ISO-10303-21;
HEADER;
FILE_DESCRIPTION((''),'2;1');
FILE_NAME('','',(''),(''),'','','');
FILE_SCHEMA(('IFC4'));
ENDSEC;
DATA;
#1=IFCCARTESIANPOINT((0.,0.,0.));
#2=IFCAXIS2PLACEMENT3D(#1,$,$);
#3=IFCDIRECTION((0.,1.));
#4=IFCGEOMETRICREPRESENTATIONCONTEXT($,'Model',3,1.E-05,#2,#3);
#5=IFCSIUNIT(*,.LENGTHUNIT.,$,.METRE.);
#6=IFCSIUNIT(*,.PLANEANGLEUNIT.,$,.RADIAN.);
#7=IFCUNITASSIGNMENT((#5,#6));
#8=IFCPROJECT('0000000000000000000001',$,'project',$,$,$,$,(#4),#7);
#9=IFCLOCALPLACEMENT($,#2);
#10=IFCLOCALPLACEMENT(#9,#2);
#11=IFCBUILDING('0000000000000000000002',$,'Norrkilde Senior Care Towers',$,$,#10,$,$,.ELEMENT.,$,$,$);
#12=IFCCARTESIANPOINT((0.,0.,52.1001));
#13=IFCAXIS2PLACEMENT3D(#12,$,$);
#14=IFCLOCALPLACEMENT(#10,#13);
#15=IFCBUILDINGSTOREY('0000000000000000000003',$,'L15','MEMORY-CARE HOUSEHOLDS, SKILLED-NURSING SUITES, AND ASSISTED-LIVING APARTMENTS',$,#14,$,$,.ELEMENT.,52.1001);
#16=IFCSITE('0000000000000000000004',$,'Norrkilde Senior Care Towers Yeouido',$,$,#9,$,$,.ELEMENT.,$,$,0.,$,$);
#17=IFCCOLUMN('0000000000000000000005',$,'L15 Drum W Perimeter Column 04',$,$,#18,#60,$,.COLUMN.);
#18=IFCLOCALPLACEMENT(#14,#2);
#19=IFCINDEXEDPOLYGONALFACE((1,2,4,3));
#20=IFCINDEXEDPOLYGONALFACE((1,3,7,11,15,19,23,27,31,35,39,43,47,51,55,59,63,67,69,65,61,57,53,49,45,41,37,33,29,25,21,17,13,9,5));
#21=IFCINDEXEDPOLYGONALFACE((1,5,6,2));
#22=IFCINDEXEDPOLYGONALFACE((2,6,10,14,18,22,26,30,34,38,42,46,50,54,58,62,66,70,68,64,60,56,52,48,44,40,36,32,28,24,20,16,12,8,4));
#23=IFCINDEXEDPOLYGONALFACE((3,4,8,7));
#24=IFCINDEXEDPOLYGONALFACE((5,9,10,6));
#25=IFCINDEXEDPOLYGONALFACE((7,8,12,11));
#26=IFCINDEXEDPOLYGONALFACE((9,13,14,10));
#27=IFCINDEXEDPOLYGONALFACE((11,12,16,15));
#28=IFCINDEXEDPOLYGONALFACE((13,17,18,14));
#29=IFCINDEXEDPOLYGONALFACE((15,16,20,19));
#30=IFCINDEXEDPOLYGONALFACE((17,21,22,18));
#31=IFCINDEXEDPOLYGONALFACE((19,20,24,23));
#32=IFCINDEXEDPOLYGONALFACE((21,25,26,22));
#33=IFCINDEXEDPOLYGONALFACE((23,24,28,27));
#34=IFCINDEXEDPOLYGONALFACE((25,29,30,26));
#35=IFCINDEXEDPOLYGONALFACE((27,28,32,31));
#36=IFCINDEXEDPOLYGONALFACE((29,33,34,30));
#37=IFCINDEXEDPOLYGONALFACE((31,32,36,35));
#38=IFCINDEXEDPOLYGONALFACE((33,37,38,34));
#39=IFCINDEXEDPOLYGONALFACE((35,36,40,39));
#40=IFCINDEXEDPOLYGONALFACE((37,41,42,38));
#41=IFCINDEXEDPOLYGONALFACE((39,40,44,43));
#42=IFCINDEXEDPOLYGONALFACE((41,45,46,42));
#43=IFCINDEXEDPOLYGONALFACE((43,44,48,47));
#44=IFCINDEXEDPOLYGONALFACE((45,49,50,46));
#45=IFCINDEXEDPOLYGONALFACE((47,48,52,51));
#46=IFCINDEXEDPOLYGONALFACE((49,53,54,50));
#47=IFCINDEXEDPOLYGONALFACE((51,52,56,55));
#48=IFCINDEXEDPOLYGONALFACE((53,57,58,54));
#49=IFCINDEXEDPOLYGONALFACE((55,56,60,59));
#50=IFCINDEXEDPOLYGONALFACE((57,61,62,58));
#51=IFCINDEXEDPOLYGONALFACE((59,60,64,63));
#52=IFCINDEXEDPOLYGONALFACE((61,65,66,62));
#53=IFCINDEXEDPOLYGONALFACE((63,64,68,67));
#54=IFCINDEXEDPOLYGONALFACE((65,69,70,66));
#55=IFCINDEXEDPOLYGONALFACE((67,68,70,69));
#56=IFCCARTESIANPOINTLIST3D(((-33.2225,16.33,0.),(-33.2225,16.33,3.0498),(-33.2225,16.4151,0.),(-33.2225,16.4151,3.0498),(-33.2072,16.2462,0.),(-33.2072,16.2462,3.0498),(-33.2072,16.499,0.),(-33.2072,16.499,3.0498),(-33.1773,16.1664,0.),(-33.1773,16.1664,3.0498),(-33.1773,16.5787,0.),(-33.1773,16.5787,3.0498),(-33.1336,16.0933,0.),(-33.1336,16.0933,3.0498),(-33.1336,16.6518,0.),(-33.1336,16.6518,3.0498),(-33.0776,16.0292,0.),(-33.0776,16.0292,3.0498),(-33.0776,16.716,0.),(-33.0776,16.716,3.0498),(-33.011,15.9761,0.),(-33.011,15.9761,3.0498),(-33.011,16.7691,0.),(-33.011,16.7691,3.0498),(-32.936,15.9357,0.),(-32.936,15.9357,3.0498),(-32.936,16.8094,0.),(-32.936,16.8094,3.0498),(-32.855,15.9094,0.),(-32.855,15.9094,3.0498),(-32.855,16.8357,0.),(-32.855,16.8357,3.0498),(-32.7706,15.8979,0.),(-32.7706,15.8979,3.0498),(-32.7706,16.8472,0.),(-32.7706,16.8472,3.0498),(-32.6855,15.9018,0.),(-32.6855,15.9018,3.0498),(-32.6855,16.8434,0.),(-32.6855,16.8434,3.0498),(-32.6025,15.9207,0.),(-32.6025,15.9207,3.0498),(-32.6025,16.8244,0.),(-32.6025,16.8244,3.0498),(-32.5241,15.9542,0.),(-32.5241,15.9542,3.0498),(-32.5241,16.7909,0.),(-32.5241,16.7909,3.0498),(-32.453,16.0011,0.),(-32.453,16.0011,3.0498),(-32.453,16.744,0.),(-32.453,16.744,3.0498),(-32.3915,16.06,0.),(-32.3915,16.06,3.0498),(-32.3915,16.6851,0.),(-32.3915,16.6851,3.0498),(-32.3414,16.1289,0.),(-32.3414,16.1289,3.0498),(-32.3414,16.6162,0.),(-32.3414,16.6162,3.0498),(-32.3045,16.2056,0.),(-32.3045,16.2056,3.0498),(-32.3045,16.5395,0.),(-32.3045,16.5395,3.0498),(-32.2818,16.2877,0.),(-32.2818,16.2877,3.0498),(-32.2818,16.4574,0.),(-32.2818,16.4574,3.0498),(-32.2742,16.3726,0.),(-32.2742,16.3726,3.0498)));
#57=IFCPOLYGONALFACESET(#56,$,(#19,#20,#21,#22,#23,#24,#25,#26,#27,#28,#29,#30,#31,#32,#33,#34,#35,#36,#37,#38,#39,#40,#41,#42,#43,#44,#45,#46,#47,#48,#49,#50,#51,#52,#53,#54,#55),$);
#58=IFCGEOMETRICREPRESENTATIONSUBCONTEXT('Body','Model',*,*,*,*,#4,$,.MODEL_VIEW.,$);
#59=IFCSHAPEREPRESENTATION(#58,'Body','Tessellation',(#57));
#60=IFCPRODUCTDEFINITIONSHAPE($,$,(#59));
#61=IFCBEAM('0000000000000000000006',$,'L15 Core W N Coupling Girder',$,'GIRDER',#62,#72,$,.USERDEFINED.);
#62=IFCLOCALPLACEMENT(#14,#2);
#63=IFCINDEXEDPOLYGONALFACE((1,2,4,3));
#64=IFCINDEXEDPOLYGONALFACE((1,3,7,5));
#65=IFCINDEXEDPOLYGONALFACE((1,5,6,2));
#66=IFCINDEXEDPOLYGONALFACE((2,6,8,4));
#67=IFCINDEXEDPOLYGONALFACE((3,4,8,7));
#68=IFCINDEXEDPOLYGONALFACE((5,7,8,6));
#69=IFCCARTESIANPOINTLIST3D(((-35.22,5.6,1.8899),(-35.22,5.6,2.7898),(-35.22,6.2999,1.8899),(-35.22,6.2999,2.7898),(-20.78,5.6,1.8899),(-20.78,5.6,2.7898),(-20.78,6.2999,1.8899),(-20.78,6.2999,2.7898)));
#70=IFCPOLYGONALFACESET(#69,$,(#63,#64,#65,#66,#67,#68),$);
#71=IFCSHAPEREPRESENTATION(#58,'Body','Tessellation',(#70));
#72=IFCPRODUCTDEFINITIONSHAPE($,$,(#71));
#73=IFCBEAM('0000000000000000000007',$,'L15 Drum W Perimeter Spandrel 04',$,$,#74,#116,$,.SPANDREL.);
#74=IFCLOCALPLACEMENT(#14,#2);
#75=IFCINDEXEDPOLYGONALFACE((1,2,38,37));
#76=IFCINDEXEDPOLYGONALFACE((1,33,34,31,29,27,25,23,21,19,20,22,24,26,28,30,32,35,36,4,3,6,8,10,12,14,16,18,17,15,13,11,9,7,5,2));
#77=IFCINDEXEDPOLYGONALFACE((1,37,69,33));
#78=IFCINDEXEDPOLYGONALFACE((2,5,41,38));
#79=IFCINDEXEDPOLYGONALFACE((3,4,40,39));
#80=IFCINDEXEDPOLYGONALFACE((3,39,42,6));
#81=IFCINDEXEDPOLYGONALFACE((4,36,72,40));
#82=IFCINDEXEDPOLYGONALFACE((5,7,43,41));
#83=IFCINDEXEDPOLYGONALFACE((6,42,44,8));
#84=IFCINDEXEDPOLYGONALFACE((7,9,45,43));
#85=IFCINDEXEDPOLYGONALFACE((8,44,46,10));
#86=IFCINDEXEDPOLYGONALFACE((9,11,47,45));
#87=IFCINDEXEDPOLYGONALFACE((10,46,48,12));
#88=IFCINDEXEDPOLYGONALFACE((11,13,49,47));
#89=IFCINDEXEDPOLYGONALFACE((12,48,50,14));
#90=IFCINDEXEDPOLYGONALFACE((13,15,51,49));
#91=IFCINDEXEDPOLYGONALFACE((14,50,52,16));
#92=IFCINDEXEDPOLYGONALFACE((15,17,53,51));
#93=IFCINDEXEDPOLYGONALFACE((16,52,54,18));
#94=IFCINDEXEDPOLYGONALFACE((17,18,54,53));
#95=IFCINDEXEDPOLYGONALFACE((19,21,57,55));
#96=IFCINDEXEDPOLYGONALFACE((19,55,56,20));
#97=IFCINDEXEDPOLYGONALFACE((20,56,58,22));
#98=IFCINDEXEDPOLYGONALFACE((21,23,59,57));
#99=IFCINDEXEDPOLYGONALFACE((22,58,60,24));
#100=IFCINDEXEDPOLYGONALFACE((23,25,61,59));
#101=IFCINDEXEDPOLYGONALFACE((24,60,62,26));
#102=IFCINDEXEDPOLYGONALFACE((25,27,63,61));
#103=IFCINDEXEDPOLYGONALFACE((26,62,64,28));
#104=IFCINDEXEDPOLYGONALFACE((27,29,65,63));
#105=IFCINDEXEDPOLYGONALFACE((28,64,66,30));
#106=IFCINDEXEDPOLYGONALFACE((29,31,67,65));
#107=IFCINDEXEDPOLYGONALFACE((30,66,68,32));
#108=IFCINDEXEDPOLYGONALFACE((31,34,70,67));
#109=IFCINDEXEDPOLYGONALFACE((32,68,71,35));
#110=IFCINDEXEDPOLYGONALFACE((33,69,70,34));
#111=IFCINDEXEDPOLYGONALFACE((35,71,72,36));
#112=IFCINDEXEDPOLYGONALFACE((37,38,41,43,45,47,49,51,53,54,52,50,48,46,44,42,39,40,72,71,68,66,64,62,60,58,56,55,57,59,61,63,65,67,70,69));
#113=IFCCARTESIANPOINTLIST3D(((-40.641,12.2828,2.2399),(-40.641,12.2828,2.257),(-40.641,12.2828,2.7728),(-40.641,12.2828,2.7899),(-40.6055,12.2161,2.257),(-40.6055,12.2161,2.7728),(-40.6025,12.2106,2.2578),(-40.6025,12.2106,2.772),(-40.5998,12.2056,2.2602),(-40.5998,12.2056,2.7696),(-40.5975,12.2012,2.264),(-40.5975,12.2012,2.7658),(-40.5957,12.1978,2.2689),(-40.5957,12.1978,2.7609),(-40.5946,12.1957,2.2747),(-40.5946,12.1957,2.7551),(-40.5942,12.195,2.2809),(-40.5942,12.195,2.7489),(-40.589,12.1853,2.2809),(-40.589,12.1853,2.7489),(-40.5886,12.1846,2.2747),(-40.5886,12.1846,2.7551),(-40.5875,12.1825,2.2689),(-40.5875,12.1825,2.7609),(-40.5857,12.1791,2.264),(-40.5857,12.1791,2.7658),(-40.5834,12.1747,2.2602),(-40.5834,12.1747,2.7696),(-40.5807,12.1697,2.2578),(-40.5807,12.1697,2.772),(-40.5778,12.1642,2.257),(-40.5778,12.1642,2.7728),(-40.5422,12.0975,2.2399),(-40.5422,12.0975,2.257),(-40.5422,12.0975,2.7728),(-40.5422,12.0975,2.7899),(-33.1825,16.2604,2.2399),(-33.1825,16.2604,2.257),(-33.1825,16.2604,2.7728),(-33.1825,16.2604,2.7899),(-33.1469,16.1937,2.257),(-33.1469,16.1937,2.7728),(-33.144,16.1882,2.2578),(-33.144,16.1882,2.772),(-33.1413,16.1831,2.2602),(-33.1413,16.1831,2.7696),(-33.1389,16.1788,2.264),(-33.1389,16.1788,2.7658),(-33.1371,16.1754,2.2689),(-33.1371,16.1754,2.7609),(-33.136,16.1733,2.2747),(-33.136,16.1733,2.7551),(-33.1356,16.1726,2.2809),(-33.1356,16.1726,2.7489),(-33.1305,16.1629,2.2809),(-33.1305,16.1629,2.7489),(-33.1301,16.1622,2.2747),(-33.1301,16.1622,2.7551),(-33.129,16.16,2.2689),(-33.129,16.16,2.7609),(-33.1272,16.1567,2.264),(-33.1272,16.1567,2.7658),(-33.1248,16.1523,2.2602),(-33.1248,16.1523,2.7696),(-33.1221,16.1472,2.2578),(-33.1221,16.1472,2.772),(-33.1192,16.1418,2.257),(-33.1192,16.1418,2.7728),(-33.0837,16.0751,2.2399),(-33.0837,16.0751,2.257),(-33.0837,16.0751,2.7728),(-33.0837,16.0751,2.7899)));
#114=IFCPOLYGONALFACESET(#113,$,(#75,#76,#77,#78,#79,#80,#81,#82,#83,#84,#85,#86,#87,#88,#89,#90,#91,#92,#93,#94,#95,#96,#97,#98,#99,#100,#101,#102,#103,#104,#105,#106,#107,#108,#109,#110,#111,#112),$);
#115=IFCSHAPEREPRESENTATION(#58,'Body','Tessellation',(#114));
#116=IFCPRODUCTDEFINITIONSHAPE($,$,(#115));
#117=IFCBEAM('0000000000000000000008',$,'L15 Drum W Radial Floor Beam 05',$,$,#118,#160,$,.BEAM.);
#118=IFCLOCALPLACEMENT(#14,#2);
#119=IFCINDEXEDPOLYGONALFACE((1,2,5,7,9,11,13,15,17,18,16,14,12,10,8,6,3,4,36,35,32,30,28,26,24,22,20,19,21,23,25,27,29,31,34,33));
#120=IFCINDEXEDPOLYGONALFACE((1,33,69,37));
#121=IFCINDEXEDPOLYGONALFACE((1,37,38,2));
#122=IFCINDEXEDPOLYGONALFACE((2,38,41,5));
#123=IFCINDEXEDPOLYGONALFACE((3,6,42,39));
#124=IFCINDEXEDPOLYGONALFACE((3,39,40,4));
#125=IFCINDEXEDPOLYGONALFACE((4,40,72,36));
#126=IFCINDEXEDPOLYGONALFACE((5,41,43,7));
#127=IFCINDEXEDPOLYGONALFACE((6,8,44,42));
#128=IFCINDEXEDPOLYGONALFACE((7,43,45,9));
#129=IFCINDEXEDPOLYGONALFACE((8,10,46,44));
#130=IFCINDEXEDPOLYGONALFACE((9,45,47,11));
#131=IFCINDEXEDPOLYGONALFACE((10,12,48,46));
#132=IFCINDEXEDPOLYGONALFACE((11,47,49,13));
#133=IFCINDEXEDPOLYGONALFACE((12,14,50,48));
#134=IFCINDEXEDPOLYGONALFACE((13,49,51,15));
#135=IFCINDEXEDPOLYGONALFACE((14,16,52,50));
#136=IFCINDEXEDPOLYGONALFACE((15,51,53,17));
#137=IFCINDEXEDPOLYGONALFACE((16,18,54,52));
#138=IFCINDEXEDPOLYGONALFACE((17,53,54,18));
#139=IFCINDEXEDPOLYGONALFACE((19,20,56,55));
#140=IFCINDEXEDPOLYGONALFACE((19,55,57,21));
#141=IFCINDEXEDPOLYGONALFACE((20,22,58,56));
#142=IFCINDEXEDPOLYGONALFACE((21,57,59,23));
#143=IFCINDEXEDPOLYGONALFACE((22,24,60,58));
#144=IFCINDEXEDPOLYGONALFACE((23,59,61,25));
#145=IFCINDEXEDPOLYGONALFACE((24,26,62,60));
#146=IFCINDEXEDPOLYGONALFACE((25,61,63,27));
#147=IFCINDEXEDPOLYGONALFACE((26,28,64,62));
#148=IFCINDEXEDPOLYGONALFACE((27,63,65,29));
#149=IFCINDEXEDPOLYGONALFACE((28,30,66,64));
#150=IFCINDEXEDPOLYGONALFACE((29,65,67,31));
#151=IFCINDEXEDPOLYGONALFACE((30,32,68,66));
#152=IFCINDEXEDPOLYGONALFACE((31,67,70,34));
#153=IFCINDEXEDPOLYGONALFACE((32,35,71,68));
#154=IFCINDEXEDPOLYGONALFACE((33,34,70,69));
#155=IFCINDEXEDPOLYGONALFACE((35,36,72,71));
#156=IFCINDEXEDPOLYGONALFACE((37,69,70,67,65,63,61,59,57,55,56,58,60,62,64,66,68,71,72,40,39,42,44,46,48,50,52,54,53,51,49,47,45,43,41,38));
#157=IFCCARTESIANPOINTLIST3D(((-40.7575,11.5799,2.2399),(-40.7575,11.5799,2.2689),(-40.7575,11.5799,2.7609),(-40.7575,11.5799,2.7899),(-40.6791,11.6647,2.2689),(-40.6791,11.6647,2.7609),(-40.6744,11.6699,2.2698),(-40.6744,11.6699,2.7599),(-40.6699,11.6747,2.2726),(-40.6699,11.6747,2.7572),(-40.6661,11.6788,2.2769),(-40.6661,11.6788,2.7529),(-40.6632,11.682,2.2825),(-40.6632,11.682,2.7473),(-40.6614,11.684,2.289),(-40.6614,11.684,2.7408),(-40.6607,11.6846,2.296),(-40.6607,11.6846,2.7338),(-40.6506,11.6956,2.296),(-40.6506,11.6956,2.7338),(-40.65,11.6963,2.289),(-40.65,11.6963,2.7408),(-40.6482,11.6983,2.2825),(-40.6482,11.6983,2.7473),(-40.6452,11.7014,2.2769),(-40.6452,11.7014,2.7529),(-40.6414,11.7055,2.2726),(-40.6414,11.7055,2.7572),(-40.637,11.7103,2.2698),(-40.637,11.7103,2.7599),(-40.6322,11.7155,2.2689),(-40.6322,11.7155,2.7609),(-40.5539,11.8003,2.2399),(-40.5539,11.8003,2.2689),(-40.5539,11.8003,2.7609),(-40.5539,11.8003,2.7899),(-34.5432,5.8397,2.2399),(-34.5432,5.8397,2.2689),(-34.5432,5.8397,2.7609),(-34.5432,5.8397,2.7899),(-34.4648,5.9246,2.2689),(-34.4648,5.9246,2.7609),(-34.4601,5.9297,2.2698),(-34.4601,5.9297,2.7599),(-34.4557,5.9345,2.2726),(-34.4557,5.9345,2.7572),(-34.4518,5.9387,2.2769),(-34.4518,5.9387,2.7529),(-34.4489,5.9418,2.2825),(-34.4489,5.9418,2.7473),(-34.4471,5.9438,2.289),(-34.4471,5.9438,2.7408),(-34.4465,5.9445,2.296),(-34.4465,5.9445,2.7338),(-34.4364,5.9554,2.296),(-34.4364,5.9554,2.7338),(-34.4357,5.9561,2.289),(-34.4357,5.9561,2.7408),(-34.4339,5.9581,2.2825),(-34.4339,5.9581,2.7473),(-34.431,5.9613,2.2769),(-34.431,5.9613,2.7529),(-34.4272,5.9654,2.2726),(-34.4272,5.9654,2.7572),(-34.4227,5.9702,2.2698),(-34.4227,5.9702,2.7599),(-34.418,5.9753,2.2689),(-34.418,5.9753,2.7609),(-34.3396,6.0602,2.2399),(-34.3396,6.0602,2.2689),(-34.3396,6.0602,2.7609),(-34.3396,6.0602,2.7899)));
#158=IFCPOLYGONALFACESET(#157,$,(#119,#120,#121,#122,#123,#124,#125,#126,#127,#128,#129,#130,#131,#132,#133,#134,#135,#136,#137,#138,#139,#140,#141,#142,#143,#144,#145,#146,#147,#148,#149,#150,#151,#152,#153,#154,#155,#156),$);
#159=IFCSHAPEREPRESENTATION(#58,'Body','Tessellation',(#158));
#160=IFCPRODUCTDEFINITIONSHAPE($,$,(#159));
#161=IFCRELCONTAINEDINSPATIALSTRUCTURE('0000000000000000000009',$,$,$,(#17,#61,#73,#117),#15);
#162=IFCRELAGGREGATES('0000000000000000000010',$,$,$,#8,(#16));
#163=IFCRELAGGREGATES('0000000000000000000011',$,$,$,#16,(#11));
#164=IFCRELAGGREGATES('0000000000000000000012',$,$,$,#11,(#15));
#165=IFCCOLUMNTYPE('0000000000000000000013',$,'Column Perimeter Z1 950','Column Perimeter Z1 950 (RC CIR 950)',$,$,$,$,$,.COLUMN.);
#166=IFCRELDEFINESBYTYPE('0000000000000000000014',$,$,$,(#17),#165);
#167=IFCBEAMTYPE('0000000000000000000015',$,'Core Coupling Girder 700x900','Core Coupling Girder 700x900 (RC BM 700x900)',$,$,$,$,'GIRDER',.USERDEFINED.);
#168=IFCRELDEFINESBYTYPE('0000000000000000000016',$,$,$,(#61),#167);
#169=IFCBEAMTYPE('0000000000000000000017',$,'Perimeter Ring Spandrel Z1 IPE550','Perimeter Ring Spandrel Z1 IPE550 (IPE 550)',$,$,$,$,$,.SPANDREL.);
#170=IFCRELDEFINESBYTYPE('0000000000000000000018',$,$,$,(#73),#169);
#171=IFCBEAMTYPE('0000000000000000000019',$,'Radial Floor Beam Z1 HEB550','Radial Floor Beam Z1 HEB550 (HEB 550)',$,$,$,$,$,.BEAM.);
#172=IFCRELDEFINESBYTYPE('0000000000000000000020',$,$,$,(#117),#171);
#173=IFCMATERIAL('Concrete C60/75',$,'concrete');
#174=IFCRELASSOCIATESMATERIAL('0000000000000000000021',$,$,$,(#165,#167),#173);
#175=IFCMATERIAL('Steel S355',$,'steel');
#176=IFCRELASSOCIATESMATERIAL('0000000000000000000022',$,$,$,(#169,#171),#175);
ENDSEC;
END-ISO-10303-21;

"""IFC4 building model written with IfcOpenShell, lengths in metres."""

from ifc_helpers import new_model, si_unit, direction, frame, origin, origin_2d, place, context, subcontext, project, spatial, rectangle, circle, i_section, extrude, source, transform, mapped, material, material_profile, profile_set, type_object, type_shapes, element, save


model = new_model("IFC4")

# Units and contexts
model_context = context("Model", 3, precision=1e-05, world=origin(), true_north=direction((0.0, 1.0)))
body_context = subcontext(model_context, "Body", "Model", "MODEL_VIEW")
ifc_project = project(units=[si_unit("LENGTHUNIT", "METRE"), si_unit("PLANEANGLEUNIT", "RADIAN")], contexts=[model_context])

# Site, building, storey
site_placement = place(None, origin())
site = spatial("IfcSite", under=ifc_project, at=site_placement, Name="Norrkilde Senior Care Towers Yeouido", CompositionType="ELEMENT", RefElevation=0.0)
building_placement = place(site_placement, origin())
building = spatial("IfcBuilding", under=site, at=building_placement, Name="Norrkilde Senior Care Towers", CompositionType="ELEMENT")
storey_placement = place(building_placement, frame((0.0, 0.0, 52.1001)))
storey = spatial("IfcBuildingStorey", under=building, at=storey_placement, Name="L15", Description="MEMORY-CARE HOUSEHOLDS, SKILLED-NURSING SUITES, AND ASSISTED-LIVING APARTMENTS", CompositionType="ELEMENT", Elevation=52.1001)

# Column
ifc_material_1 = material(Name="Concrete C60/75", Category="concrete")
ifc_material_profile_1 = material_profile(ifc_material_1, circle(Radius=0.4751, at=origin_2d()), Name="RC CIR 950")
ifc_profile_set_1 = profile_set([ifc_material_profile_1], Name="Concrete C60/75")
column_type = type_object("IfcColumnType", Name="Column Perimeter Z1 950", Description="Column Perimeter Z1 950 (RC CIR 950)", PredefinedType="COLUMN", material=ifc_profile_set_1)
shared_shape_1 = source(origin(), body_context, "Body", "SweptSolid", [
    extrude(circle(Radius=0.4751, at=origin_2d()), origin(), (0.0, 0.0, 1.0), 3.0498),
])
type_shapes(column_type, [shared_shape_1])
column_placement = place(storey_placement, frame((-32.7493, 16.3726, 0.0), z_axis=(0.0, 0.0, 1.0), x_axis=(1.0, 0.0, 0.0)))
element("IfcColumn", 1, at=column_placement, inside=storey, type_object=column_type, Name="L15 Drum W Perimeter Column 04", PredefinedType="COLUMN", context=body_context, shape_type="MappedRepresentation", body=[
    mapped(shared_shape_1, transform((0.0, 0.0, 0.0), x_axis=(1.0, 0.0, 0.0), y_axis=(0.0, 1.0, 0.0), z_axis=(0.0, 0.0, 1.0), scale=1.0)),
])

# Beams
ifc_material_profile_2 = material_profile(ifc_material_1, rectangle(XDim=0.7, YDim=0.8999, at=origin_2d()), Name="RC BM 700x900")
ifc_profile_set_2 = profile_set([ifc_material_profile_2], Name="Concrete C60/75")
beam_type_1 = type_object("IfcBeamType", Name="Core Coupling Girder 700x900", Description="Core Coupling Girder 700x900 (RC BM 700x900)", ElementType="GIRDER", PredefinedType="USERDEFINED", material=ifc_profile_set_2)
shared_shape_2 = source(origin(), body_context, "Body", "SweptSolid", [
    extrude(rectangle(XDim=0.7, YDim=0.8999, at=origin_2d()), origin(), (0.0, 0.0, 1.0), 14.4399),
])
type_shapes(beam_type_1, [shared_shape_2])
beam_1_placement = place(storey_placement, frame((-35.22, 5.95, 2.3398), z_axis=(1.0, 0.0, 0.0), x_axis=(0.0, 1.0, 0.0)))
element("IfcBeam", 2, at=beam_1_placement, inside=storey, type_object=beam_type_1, Name="L15 Core W N Coupling Girder", ObjectType="GIRDER", PredefinedType="USERDEFINED", context=body_context, shape_type="MappedRepresentation", body=[
    mapped(shared_shape_2, transform((0.0, 0.0, 0.0), x_axis=(1.0, 0.0, 0.0), y_axis=(0.0, 1.0, 0.0), z_axis=(0.0, 0.0, 1.0), scale=1.0)),
])
ifc_material_2 = material(Name="Steel S355", Category="steel")
ifc_material_profile_3 = material_profile(ifc_material_2, i_section(OverallWidth=0.21, OverallDepth=0.55, WebThickness=0.011, FlangeThickness=0.0171, FilletRadius=0.0239, at=origin_2d()), Name="IPE 550")
ifc_profile_set_3 = profile_set([ifc_material_profile_3], Name="Steel S355")
beam_type_2 = type_object("IfcBeamType", Name="Perimeter Ring Spandrel Z1 IPE550", Description="Perimeter Ring Spandrel Z1 IPE550 (IPE 550)", PredefinedType="SPANDREL", material=ifc_profile_set_3)
shared_shape_3 = source(origin(), body_context, "Body", "SweptSolid", [
    extrude(i_section(OverallWidth=0.21, OverallDepth=0.55, WebThickness=0.011, FlangeThickness=0.0171, FilletRadius=0.0239, at=origin_2d()), origin(), (0.0, 0.0, 1.0), 8.4529),
])
type_shapes(beam_type_2, [shared_shape_3])
beam_2_placement = place(storey_placement, frame((-33.1331, 16.1677, 2.5149), z_axis=(-0.882369, -0.470558, 0.0), x_axis=(0.470558, -0.882369, 0.0)))
element("IfcBeam", 3, at=beam_2_placement, inside=storey, type_object=beam_type_2, Name="L15 Drum W Perimeter Spandrel 04", PredefinedType="SPANDREL", context=body_context, shape_type="MappedRepresentation", body=[
    mapped(shared_shape_3, transform((0.0, 0.0, 0.0), x_axis=(1.0, 0.0, 0.0), y_axis=(0.0, 1.0, 0.0), z_axis=(0.0, 0.0, 1.0), scale=1.0)),
])
ifc_material_profile_4 = material_profile(ifc_material_2, i_section(OverallWidth=0.3, OverallDepth=0.55, WebThickness=0.0149, FlangeThickness=0.0291, FilletRadius=0.0271, at=origin_2d()), Name="HEB 550")
ifc_profile_set_4 = profile_set([ifc_material_profile_4], Name="Steel S355")
beam_type_3 = type_object("IfcBeamType", Name="Radial Floor Beam Z1 HEB550", Description="Radial Floor Beam Z1 HEB550 (HEB 550)", PredefinedType="BEAM", material=ifc_profile_set_4)
shared_shape_4 = source(origin(), body_context, "Body", "SweptSolid", [
    extrude(i_section(OverallWidth=0.3, OverallDepth=0.55, WebThickness=0.0149, FlangeThickness=0.0291, FilletRadius=0.0271, at=origin_2d()), origin(), (0.0, 0.0, 1.0), 8.4597),
])
beam_3_placement = place(storey_placement, frame((-34.4414, 5.95, 2.5149), z_axis=(-0.734573, 0.678529, 0.0), x_axis=(-0.678529, -0.734573, 0.0)))
element("IfcBeam", 4, at=beam_3_placement, inside=storey, type_object=beam_type_3, Name="L15 Drum W Radial Floor Beam 05", PredefinedType="BEAM", context=body_context, shape_type="MappedRepresentation", body=[
    mapped(shared_shape_4, transform((0.0, 0.0, 0.0), x_axis=(1.0, 0.0, 0.0), y_axis=(0.0, 1.0, 0.0), z_axis=(0.0, 0.0, 1.0), scale=1.0)),
])

save(model, "model.ifc")
